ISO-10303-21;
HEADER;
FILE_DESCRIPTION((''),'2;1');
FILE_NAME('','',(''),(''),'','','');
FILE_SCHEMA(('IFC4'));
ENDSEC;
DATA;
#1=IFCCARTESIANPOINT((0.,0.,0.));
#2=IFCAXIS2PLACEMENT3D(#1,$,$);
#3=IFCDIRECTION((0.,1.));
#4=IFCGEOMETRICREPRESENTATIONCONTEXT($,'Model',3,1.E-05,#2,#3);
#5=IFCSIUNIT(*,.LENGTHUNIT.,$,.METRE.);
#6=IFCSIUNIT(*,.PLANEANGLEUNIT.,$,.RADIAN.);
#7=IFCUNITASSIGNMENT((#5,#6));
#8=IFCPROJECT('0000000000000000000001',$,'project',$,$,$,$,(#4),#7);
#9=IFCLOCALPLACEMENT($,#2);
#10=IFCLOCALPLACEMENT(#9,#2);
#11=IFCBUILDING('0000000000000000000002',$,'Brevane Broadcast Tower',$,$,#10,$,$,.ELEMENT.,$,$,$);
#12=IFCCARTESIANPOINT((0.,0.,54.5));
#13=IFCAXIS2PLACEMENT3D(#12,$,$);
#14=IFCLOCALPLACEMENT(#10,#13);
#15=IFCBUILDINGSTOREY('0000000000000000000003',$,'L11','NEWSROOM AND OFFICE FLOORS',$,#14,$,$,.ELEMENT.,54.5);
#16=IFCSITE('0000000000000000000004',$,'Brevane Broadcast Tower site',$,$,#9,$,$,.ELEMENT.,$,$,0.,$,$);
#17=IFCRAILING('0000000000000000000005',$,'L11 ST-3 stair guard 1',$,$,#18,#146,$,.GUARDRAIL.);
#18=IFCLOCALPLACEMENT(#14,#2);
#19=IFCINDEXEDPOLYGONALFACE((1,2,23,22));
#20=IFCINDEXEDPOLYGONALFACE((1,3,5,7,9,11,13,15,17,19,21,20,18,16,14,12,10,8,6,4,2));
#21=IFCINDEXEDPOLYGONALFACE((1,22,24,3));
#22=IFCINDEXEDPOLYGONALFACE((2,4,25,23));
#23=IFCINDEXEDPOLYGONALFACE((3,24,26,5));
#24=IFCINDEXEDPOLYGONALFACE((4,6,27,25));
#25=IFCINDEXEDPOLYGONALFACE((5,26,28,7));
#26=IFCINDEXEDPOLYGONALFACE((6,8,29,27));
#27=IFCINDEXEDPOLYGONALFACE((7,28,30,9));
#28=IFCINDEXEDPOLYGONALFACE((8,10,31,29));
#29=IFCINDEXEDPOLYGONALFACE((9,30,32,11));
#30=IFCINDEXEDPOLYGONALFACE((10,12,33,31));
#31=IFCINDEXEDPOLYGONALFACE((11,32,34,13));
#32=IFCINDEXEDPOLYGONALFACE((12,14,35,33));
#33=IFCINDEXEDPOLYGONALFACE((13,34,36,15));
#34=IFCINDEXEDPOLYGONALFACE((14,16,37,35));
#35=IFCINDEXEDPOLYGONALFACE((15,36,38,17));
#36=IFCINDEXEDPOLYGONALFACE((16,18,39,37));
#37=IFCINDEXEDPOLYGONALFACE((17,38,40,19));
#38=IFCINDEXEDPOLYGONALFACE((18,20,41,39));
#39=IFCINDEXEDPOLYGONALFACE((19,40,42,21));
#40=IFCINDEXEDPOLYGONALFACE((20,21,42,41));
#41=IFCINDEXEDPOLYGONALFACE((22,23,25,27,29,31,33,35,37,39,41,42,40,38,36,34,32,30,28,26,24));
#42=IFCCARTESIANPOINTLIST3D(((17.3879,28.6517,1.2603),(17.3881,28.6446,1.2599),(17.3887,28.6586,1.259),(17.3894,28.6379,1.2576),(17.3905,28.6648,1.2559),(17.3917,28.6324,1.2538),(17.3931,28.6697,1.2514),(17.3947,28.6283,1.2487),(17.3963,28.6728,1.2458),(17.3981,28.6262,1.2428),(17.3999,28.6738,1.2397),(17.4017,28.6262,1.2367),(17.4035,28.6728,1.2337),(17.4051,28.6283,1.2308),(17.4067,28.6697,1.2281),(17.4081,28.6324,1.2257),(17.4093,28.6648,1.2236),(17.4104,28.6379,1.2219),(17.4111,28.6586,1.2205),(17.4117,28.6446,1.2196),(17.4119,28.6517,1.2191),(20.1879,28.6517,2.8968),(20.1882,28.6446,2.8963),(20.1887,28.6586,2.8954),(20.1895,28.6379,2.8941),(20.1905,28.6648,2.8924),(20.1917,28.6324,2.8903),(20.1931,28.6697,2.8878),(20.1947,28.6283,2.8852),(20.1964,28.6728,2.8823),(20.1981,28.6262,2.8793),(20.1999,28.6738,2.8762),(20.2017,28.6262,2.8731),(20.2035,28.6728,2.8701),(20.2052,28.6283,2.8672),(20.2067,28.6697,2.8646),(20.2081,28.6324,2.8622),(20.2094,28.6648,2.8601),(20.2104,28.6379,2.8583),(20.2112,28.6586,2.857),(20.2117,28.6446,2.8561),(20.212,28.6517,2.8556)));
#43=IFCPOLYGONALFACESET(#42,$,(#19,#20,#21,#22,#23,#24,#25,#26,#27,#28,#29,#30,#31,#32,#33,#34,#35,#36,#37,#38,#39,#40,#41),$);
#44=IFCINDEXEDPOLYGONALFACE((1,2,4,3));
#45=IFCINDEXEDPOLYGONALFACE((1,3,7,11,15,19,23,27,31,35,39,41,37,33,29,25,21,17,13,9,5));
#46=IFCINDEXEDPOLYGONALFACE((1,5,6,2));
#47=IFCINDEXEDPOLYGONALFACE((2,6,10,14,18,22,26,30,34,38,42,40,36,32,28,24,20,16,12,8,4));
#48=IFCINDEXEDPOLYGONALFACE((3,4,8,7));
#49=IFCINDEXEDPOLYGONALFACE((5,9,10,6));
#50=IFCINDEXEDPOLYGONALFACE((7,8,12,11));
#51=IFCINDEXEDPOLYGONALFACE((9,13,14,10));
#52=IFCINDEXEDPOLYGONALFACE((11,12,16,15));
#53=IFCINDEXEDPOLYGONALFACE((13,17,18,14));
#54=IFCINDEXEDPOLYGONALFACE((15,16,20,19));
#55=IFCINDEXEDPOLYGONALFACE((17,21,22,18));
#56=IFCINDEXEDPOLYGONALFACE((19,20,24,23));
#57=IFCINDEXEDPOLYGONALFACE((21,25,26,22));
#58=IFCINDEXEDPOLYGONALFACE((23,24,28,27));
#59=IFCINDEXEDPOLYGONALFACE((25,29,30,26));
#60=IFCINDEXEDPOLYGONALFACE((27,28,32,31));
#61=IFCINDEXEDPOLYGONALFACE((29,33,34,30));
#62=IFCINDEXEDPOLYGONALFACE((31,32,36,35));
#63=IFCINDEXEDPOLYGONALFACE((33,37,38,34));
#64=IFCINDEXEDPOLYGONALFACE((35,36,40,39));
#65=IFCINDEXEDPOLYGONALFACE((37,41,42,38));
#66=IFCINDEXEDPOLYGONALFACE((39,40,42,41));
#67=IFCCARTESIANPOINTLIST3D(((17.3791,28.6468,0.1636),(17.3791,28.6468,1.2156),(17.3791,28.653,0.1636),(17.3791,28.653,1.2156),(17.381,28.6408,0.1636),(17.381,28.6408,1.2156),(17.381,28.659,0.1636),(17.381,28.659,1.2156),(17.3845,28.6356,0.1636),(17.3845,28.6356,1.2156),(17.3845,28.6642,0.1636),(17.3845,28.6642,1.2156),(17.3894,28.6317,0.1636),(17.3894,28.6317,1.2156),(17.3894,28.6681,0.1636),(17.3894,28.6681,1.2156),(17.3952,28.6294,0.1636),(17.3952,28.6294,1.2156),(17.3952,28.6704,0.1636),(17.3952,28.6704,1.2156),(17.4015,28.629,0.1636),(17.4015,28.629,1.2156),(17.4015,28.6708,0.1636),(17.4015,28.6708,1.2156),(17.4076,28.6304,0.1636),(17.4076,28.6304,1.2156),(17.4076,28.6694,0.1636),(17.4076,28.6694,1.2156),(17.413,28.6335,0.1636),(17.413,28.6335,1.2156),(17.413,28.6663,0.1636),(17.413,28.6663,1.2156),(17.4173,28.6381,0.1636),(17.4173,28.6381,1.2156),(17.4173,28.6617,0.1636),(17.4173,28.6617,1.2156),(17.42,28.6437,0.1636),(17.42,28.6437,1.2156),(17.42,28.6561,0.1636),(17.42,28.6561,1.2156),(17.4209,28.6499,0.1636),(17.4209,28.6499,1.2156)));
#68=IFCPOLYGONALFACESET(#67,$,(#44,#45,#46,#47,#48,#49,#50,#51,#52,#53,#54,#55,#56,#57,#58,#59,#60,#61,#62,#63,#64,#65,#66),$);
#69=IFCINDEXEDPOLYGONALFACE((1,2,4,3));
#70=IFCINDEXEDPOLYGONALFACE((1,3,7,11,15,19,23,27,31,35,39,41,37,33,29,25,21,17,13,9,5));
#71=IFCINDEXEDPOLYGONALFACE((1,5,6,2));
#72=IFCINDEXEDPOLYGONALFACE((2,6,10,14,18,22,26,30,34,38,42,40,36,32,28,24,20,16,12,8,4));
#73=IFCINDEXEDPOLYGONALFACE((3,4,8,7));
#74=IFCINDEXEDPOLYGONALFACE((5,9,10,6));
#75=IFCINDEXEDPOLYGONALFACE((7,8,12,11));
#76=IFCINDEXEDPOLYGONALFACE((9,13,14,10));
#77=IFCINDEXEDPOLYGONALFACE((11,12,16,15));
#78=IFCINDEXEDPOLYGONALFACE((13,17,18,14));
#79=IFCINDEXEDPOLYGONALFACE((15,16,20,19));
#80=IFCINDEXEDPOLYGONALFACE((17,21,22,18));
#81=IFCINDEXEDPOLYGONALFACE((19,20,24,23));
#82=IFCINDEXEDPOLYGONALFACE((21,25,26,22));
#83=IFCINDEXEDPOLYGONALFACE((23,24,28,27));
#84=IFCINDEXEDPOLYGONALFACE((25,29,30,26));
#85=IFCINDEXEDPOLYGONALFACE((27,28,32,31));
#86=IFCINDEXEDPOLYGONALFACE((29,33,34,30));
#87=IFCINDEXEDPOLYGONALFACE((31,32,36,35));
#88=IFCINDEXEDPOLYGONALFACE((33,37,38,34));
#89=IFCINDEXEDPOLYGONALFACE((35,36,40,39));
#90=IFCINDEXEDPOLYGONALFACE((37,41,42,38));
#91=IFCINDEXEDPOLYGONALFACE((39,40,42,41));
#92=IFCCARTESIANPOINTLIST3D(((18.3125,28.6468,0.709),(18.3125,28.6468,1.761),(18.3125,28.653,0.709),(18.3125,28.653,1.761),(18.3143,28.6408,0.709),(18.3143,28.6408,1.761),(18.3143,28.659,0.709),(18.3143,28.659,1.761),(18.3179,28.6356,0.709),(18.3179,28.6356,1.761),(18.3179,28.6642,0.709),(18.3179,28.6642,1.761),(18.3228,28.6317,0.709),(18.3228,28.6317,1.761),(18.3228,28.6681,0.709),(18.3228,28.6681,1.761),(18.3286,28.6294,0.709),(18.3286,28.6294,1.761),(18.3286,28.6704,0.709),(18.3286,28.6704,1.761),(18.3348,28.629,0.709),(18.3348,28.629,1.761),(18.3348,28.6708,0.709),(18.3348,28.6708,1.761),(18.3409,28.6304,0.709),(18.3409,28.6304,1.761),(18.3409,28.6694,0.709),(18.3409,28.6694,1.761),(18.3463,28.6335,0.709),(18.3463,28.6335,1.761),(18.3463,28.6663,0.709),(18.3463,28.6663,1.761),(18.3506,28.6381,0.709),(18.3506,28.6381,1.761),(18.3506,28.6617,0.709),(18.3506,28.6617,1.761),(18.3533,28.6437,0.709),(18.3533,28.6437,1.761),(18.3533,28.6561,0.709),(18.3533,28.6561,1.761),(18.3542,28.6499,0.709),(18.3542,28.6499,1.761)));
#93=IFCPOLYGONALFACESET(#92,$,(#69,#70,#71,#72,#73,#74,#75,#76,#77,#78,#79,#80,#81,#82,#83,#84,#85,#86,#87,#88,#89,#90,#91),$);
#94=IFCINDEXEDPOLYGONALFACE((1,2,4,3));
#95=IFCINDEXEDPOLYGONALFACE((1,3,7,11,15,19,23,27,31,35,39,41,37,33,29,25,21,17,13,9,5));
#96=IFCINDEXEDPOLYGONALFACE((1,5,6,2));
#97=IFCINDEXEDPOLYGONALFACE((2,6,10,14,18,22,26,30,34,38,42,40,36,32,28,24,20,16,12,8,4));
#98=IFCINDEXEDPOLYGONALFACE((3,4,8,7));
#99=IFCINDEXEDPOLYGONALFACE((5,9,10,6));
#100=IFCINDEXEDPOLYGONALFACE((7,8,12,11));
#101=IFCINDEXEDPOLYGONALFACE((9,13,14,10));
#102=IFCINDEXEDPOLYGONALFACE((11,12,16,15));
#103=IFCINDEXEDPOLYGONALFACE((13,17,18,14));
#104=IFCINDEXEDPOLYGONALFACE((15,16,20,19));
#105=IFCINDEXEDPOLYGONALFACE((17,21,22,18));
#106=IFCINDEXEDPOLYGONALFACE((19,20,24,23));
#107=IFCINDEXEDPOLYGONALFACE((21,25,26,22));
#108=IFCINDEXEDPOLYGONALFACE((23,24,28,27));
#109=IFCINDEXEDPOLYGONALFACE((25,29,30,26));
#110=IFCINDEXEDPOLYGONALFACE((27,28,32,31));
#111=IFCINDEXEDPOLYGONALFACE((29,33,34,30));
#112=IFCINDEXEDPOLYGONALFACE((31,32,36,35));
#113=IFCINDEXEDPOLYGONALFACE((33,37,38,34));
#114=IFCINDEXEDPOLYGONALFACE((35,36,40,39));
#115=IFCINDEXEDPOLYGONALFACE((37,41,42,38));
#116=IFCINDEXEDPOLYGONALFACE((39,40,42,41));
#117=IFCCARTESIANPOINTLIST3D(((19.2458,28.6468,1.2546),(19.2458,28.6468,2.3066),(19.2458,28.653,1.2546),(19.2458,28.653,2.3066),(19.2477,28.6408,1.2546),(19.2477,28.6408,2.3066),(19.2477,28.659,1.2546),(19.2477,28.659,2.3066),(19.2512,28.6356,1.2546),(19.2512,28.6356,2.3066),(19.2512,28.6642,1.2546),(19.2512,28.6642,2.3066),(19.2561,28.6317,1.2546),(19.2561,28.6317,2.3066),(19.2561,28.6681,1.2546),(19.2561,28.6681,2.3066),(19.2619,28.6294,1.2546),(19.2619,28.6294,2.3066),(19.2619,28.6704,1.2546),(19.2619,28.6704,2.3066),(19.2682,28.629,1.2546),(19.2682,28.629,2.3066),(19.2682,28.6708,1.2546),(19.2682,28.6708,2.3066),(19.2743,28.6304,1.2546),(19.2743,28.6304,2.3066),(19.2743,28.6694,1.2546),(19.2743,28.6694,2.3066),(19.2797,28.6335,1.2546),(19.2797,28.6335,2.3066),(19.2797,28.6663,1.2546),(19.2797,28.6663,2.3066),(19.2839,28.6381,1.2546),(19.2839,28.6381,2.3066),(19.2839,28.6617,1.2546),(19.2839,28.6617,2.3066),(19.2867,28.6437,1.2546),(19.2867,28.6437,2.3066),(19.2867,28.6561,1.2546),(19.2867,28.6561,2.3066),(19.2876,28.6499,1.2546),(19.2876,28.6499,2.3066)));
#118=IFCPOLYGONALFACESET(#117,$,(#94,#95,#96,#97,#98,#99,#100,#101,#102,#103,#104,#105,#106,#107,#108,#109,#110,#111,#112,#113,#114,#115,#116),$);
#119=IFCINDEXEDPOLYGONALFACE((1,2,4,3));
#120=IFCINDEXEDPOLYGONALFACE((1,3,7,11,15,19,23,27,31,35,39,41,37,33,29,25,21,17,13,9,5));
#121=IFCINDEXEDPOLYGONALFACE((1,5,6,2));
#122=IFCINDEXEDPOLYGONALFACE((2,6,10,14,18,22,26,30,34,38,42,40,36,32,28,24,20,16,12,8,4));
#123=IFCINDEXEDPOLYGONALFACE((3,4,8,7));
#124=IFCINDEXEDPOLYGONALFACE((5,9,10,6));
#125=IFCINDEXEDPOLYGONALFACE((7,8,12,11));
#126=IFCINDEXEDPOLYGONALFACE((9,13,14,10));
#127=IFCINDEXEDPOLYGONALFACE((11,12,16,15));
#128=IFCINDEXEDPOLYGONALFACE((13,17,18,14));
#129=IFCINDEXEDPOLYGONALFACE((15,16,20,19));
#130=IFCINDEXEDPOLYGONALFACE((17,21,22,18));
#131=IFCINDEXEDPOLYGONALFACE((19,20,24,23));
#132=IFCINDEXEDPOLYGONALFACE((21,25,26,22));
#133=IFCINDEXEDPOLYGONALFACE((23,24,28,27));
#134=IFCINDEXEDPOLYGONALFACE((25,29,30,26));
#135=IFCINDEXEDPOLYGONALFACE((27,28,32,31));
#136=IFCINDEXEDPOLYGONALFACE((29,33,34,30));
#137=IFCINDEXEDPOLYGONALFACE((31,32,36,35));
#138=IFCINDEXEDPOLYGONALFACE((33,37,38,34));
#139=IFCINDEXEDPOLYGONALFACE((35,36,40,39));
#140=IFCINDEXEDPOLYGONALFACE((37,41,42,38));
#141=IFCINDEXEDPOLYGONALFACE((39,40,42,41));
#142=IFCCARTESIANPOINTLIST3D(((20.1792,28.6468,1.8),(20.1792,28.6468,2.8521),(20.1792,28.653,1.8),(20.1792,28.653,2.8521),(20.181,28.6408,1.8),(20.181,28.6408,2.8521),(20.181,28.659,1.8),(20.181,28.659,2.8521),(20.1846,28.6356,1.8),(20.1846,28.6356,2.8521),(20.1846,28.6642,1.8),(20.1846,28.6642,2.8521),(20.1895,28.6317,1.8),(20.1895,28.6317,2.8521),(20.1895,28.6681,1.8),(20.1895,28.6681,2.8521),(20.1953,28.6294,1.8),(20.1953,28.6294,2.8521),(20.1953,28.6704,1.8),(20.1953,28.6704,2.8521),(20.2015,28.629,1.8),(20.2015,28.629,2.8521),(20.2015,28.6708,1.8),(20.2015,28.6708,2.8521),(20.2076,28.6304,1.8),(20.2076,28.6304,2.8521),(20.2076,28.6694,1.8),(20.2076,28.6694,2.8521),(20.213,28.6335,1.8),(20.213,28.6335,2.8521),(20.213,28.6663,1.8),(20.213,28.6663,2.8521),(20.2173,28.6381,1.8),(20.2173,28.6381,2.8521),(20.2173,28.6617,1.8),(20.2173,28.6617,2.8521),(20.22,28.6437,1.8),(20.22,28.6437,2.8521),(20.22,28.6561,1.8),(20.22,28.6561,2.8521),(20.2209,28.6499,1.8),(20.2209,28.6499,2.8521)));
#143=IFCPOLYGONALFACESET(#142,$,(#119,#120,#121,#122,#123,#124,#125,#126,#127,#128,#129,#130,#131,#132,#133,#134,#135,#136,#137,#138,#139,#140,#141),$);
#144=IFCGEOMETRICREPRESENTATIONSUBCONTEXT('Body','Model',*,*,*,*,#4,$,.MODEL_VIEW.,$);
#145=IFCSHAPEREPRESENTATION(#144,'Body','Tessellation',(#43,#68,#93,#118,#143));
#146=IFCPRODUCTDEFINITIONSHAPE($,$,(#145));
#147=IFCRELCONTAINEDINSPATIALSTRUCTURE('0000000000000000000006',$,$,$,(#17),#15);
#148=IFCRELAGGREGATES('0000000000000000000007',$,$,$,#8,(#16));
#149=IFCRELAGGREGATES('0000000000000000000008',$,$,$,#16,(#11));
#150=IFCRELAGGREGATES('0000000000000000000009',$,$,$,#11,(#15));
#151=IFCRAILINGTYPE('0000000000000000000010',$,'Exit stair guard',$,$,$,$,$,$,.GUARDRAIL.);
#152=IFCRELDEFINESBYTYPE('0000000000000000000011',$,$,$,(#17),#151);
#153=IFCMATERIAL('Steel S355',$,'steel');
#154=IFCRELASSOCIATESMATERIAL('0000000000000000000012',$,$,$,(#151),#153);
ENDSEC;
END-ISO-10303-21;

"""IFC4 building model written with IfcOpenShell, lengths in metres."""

from ifc_helpers import new_model, si_unit, direction, frame, origin, origin_2d, place, context, subcontext, project, spatial, circle, extrude, material, type_object, element, save


model = new_model("IFC4")

# Units and contexts
model_context = context("Model", 3, precision=1e-05, world=origin(), true_north=direction((0.0, 1.0)))
body_context = subcontext(model_context, "Body", "Model", "MODEL_VIEW")
ifc_project = project(units=[si_unit("LENGTHUNIT", "METRE"), si_unit("PLANEANGLEUNIT", "RADIAN")], contexts=[model_context])

# Site, building, storey
site_placement = place(None, origin())
site = spatial("IfcSite", under=ifc_project, at=site_placement, Name="Brevane Broadcast Tower site", CompositionType="ELEMENT", RefElevation=0.0)
building_placement = place(site_placement, origin())
building = spatial("IfcBuilding", under=site, at=building_placement, Name="Brevane Broadcast Tower", CompositionType="ELEMENT")
storey_placement = place(building_placement, frame((0.0, 0.0, 54.5)))
storey = spatial("IfcBuildingStorey", under=building, at=storey_placement, Name="L11", Description="NEWSROOM AND OFFICE FLOORS", CompositionType="ELEMENT", Elevation=54.5)

# Railing
ifc_material_1 = material(Name="Steel S355", Category="steel")
railing_type_1 = type_object("IfcRailingType", Name="Exit stair guard", PredefinedType="GUARDRAIL", material=ifc_material_1)
railing_1_placement = place(storey_placement, frame((17.3999, 28.6499, 0.1636)))
element("IfcRailing", 1, at=railing_1_placement, inside=storey, type_object=railing_type_1, Name="L11 ST-3 stair guard 1", PredefinedType="GUARDRAIL", context=body_context, shape_type="SweptSolid", body=[
    extrude(circle(Radius=0.0239, at=origin_2d()), frame((0.0, 0.0, 1.0762), z_axis=(0.863361, 0.0, 0.504587), x_axis=(0.0, 1.0, 0.0)), (0.0, 0.0, 1.0), 3.2432),
    extrude(circle(Radius=0.021, at=origin_2d()), origin(), (0.0, 0.0, 1.0), 1.052),
    extrude(circle(Radius=0.021, at=origin_2d()), frame((0.9333, 0.0, 0.5454)), (0.0, 0.0, 1.0), 1.052),
    extrude(circle(Radius=0.021, at=origin_2d()), frame((1.8667, 0.0, 1.0911)), (0.0, 0.0, 1.0), 1.052),
    extrude(circle(Radius=0.021, at=origin_2d()), frame((2.8, 0.0, 1.6365)), (0.0, 0.0, 1.0), 1.052),
])

save(model, "model.ifc")
